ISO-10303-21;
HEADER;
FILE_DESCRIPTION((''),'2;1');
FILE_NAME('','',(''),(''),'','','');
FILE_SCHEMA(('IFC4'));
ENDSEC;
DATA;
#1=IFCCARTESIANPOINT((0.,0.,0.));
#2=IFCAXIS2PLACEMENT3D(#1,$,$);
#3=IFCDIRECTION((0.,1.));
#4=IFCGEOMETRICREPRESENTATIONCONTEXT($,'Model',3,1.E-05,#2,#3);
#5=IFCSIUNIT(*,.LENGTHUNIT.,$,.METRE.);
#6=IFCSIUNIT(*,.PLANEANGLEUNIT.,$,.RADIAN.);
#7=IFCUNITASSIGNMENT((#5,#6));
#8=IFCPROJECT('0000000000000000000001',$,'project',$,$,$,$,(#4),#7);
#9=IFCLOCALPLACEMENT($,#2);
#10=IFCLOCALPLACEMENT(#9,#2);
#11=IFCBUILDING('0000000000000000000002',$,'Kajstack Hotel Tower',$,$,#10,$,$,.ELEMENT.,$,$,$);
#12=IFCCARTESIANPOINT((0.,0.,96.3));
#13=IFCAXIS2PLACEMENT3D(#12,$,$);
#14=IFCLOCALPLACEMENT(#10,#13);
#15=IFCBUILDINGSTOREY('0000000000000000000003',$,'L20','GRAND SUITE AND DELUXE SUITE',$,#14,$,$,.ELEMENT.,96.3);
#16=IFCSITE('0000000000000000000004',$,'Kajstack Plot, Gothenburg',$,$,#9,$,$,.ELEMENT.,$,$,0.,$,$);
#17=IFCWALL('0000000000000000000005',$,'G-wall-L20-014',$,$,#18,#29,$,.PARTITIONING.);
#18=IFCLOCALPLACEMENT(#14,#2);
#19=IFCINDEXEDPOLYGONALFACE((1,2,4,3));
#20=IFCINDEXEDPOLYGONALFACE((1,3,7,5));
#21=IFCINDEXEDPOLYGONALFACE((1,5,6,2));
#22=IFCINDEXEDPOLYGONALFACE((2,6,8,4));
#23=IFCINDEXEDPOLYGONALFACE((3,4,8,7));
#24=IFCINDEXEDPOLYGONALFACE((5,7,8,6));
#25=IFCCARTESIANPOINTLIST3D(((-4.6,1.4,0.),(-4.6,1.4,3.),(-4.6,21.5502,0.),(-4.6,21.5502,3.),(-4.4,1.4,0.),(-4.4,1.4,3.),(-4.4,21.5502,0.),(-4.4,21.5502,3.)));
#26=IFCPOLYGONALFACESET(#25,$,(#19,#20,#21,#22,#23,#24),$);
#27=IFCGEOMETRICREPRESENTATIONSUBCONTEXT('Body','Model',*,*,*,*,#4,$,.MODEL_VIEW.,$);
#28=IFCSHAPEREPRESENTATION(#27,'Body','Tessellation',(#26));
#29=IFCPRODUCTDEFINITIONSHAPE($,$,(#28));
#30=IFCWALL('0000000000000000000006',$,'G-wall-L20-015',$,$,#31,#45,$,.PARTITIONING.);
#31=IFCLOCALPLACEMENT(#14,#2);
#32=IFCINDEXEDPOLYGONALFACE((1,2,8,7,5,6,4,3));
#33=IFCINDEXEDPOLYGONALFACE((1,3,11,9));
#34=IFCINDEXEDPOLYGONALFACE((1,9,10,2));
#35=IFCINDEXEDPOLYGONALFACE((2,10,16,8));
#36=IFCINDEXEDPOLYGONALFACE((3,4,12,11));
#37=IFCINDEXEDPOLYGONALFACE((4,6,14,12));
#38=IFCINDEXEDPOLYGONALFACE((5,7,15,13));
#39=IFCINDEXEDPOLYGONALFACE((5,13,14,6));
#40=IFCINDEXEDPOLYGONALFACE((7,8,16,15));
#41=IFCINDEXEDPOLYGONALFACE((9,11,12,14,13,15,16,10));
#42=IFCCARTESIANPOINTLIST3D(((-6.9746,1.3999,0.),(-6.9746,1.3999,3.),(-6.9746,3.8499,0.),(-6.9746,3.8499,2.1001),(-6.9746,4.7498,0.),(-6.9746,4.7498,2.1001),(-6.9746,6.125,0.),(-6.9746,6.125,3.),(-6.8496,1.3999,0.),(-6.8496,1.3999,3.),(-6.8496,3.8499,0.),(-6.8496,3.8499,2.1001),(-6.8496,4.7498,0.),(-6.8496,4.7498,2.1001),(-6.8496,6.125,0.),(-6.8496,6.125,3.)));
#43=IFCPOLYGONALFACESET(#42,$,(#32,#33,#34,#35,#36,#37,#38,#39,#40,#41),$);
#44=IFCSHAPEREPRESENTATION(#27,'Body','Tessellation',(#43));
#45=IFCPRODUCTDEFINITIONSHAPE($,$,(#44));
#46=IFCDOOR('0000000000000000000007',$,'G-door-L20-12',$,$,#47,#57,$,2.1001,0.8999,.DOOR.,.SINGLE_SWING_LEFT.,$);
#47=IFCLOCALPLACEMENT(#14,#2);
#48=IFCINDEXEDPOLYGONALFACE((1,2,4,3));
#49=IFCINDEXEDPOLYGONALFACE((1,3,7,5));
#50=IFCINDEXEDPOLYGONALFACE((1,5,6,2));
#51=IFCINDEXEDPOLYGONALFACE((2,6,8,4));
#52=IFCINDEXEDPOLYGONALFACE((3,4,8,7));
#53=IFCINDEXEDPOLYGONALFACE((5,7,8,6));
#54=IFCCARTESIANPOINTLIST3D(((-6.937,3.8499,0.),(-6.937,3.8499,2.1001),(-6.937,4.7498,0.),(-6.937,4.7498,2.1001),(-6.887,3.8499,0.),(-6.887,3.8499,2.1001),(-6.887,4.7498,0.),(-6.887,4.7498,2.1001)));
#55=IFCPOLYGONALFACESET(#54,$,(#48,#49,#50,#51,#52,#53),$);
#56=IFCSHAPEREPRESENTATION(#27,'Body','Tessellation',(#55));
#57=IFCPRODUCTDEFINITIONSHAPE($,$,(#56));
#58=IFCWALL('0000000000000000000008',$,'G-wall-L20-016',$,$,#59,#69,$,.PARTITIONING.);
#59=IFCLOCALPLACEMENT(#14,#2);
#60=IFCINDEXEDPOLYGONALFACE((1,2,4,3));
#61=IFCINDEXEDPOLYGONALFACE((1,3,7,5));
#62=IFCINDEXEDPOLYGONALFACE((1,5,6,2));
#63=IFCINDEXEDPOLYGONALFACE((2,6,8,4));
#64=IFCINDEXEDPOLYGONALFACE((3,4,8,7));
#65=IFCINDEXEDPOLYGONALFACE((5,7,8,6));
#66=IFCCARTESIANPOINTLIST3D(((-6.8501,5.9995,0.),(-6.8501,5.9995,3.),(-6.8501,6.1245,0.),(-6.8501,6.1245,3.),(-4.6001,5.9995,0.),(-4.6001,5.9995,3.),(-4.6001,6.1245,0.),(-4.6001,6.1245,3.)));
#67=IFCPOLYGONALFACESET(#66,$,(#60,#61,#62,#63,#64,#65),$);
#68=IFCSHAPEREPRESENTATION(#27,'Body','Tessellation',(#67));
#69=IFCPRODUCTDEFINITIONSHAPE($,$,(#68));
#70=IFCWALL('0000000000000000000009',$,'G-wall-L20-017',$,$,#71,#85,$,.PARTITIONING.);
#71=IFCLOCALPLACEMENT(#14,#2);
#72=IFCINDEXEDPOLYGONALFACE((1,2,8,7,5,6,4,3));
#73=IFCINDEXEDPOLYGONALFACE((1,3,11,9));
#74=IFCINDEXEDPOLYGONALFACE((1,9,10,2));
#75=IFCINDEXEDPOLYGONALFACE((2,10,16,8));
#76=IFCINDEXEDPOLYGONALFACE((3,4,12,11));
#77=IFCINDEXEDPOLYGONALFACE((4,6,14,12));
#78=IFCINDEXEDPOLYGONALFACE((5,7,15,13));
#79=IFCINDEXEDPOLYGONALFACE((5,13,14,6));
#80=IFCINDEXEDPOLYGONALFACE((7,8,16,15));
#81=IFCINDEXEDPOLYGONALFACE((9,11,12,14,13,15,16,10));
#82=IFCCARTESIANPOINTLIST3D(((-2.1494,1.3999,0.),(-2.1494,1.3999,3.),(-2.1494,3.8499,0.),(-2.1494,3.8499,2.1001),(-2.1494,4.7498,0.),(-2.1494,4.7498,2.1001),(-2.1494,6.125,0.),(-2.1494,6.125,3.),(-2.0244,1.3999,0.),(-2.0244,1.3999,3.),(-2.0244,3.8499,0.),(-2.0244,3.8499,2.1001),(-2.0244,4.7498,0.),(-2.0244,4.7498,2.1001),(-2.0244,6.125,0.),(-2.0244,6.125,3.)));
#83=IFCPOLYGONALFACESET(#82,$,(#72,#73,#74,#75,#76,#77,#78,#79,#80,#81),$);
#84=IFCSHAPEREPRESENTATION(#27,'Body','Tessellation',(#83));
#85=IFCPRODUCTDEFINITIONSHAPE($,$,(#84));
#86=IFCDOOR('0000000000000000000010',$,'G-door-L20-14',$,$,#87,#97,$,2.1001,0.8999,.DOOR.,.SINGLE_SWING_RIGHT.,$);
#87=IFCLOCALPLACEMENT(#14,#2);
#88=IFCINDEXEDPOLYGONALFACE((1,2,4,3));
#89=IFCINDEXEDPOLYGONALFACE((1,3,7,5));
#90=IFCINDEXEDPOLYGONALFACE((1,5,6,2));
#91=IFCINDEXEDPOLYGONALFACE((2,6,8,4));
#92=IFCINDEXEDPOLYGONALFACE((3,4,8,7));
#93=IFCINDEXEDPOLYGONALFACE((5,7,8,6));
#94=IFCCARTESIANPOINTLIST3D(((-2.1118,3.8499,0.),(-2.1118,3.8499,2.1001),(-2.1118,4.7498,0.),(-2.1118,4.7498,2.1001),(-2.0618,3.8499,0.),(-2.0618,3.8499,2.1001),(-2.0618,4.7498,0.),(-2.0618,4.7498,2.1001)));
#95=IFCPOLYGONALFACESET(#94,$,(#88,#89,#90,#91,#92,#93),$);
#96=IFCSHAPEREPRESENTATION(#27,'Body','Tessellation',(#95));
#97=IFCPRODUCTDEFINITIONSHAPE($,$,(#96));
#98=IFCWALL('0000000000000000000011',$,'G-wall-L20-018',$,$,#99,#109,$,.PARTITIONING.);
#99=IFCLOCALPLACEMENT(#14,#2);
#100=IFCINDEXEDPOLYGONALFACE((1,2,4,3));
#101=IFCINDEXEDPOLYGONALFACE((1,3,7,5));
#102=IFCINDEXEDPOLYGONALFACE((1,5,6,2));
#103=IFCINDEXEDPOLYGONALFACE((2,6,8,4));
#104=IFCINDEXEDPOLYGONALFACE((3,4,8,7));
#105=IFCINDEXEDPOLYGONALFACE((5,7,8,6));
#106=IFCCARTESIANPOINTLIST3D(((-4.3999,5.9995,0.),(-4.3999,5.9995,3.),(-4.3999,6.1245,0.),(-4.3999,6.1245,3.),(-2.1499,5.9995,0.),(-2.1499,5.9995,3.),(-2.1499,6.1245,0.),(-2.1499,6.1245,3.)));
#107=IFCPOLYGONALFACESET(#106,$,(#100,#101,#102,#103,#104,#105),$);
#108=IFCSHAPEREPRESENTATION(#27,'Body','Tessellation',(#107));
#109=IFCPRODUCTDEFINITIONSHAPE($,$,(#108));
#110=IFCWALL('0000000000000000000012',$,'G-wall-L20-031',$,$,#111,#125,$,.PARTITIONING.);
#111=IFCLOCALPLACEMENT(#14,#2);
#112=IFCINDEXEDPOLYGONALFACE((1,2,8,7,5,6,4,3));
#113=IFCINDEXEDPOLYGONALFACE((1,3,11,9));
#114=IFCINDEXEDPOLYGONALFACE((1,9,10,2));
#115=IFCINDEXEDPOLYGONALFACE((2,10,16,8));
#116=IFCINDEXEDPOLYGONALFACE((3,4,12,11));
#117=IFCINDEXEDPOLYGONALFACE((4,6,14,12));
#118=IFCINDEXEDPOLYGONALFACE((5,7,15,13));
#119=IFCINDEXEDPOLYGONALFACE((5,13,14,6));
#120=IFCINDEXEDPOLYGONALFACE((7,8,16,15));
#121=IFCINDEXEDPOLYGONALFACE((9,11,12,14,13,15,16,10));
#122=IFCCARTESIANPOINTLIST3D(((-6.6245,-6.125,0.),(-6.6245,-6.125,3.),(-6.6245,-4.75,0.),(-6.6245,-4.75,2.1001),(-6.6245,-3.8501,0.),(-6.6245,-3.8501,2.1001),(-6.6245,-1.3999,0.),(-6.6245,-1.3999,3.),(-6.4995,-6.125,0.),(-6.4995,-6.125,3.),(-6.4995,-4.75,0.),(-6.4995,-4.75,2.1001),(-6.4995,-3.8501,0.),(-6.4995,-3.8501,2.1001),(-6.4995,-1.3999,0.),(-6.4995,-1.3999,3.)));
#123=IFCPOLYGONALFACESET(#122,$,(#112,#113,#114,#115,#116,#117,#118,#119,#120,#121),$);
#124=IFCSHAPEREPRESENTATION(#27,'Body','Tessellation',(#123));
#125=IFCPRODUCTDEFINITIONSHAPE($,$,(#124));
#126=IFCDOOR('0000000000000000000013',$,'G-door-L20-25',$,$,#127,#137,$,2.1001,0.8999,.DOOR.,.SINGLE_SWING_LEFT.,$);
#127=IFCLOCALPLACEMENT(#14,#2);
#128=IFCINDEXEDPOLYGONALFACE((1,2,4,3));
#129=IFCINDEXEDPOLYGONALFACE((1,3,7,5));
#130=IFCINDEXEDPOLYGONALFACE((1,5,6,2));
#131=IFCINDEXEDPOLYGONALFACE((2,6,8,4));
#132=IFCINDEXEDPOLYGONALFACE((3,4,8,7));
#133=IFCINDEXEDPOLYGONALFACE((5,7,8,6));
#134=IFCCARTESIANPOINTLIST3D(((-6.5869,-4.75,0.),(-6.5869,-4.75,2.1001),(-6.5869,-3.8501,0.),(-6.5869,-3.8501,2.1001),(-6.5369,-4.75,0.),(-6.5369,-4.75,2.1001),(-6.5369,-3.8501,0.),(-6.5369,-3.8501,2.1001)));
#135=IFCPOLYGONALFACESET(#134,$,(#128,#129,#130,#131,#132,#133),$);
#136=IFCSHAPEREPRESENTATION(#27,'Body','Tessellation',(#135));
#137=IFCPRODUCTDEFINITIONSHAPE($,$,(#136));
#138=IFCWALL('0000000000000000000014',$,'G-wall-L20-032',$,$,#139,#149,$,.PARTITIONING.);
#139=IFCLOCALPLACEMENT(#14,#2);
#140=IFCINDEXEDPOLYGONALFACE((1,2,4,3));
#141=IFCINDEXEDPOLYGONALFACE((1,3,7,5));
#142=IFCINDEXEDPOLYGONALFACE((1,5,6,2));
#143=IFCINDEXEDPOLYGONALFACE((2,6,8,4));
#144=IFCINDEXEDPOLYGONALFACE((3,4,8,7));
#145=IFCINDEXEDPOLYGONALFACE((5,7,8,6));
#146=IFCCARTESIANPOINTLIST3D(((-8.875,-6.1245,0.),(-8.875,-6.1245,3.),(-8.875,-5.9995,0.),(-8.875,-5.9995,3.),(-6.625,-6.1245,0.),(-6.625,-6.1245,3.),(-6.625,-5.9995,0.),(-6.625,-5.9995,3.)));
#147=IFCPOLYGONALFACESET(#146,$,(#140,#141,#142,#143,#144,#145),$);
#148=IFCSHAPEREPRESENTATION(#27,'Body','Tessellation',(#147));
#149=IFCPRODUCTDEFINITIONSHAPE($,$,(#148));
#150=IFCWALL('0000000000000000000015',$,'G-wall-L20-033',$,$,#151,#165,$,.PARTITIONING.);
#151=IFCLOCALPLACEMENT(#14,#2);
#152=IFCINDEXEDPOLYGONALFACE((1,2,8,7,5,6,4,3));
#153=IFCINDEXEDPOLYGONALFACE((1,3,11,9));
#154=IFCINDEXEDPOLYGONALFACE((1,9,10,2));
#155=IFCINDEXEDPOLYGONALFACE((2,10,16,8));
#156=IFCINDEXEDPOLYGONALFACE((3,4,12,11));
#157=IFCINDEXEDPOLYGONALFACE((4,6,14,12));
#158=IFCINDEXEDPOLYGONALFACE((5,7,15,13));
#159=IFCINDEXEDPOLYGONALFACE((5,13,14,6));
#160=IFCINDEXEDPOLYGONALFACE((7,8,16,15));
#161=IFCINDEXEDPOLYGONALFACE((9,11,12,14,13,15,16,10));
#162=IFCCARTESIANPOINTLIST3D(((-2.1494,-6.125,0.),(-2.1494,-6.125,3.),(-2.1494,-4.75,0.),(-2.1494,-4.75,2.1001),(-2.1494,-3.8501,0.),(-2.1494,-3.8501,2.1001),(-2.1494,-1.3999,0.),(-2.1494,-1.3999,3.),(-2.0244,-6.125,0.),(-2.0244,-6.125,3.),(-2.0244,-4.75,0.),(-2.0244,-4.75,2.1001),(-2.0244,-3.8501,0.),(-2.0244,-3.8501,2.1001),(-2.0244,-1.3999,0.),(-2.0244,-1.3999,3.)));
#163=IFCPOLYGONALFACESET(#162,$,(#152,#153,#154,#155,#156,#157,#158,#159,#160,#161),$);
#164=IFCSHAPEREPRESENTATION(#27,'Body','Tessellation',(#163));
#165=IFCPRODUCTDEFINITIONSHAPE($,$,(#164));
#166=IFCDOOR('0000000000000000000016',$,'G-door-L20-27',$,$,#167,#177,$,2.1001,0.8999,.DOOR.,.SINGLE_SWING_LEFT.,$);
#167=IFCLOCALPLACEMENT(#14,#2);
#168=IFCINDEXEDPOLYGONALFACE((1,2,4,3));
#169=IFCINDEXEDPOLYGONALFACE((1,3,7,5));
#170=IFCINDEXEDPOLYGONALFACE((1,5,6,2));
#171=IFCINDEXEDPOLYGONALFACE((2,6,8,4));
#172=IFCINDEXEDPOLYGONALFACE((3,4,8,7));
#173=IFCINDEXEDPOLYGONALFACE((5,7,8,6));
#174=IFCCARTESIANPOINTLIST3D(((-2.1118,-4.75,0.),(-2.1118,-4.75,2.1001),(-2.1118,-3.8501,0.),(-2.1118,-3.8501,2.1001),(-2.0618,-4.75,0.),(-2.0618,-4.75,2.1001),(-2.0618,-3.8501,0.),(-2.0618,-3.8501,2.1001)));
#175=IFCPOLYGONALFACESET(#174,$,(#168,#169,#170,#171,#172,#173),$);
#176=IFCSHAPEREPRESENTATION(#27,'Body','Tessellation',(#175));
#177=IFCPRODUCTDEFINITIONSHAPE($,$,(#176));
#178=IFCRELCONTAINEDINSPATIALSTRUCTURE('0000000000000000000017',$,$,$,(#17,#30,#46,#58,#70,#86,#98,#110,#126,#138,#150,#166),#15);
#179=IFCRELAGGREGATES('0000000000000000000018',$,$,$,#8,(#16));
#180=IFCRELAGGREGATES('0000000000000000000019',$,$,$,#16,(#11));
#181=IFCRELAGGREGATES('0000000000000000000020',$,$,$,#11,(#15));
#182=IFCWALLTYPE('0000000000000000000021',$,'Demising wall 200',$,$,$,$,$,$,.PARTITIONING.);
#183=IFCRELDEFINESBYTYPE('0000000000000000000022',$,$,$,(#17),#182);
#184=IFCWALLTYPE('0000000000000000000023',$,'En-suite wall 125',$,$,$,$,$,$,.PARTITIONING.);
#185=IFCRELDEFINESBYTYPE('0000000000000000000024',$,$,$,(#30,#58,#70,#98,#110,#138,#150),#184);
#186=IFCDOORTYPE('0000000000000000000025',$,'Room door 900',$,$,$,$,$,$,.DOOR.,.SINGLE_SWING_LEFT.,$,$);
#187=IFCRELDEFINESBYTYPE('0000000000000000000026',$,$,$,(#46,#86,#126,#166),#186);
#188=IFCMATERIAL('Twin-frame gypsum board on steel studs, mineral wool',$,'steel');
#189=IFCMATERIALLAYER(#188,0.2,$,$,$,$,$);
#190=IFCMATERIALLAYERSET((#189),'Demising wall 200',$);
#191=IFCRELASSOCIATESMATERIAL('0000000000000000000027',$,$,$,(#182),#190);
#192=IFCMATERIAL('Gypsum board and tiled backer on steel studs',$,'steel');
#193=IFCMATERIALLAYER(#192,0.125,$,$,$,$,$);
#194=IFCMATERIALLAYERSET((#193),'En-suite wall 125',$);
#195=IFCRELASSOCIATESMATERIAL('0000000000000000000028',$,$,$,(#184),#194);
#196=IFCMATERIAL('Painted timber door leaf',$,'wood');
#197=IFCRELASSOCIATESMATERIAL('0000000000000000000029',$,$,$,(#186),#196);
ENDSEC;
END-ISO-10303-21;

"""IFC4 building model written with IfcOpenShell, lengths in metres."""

from ifc_helpers import new_model, si_unit, direction, frame, frame_2d, origin, place, context, subcontext, project, spatial, rectangle, extrude, material, layer, layer_set, type_object, element, fill, save


model = new_model("IFC4")

# Units and contexts
model_context = context("Model", 3, precision=1e-05, world=origin(), true_north=direction((0.0, 1.0)))
body_context = subcontext(model_context, "Body", "Model", "MODEL_VIEW")
ifc_project = project(units=[si_unit("LENGTHUNIT", "METRE"), si_unit("PLANEANGLEUNIT", "RADIAN")], contexts=[model_context])

# Site, building, storey
site_placement = place(None, origin())
site = spatial("IfcSite", under=ifc_project, at=site_placement, Name="Kajstack Plot, Gothenburg", CompositionType="ELEMENT", RefElevation=0.0)
building_placement = place(site_placement, origin())
building = spatial("IfcBuilding", under=site, at=building_placement, Name="Kajstack Hotel Tower", CompositionType="ELEMENT")
storey_placement = place(building_placement, frame((0.0, 0.0, 96.3)))
storey = spatial("IfcBuildingStorey", under=building, at=storey_placement, Name="L20", Description="GRAND SUITE AND DELUXE SUITE", CompositionType="ELEMENT", Elevation=96.3)

# Wall
ifc_material_1 = material(Name="Twin-frame gypsum board on steel studs, mineral wool", Category="steel")
ifc_layer_1 = layer(ifc_material_1, 0.2)
ifc_layer_set_1 = layer_set([ifc_layer_1], Name="Demising wall 200")
wall_type_1 = type_object("IfcWallType", Name="Demising wall 200", PredefinedType="PARTITIONING", material=ifc_layer_set_1)
wall_1_placement = place(storey_placement, frame((-4.5, 1.3999, 0.0), z_axis=(0.0, 0.0, 1.0), x_axis=(0.0, 1.0, 0.0)))
element("IfcWall", 1, at=wall_1_placement, inside=storey, type_object=wall_type_1, Name="G-wall-L20-014", PredefinedType="PARTITIONING", context=body_context, shape_type="SweptSolid", body=[
    extrude(rectangle(XDim=20.1501, YDim=0.2, at=frame_2d((10.0752, 0.0))), origin(), (0.0, 0.0, 1.0), 3.0),
])

# Wall, opening, door
ifc_material_2 = material(Name="Gypsum board and tiled backer on steel studs", Category="steel")
ifc_layer_2 = layer(ifc_material_2, 0.125)
ifc_layer_set_2 = layer_set([ifc_layer_2], Name="En-suite wall 125")
wall_type_2 = type_object("IfcWallType", Name="En-suite wall 125", PredefinedType="PARTITIONING", material=ifc_layer_set_2)
wall_2_placement = place(storey_placement, frame((-6.9121, 1.3999, 0.0), z_axis=(0.0, 0.0, 1.0), x_axis=(0.0, 1.0, 0.0)))
wall_2 = element("IfcWall", 2, at=wall_2_placement, inside=storey, type_object=wall_type_2, Name="G-wall-L20-015", PredefinedType="PARTITIONING", context=body_context, shape_type="SweptSolid", body=[
    extrude(rectangle(XDim=4.7251, YDim=0.125, at=frame_2d((2.3625, 0.0))), origin(), (0.0, 0.0, 1.0), 3.0),
])
opening_1_placement = place(wall_2_placement, frame((2.45, 0.0, 0.0)))
opening_1 = element("IfcOpeningElement", 3, at=opening_1_placement, cuts=wall_2, PredefinedType="OPENING", context=body_context, shape_type="SweptSolid", body=[
    extrude(rectangle(XDim=0.8999, YDim=2.1001, at=frame_2d((0.45, 1.05))), frame((0.0, 0.0725, 0.0), z_axis=(0.0, -1.0, 0.0), x_axis=(1.0, 0.0, 0.0)), (0.0, 0.0, 1.0), 0.145),
])
ifc_material_3 = material(Name="Painted timber door leaf", Category="wood")
door_type = type_object("IfcDoorType", Name="Room door 900", OperationType="SINGLE_SWING_LEFT", PredefinedType="DOOR", material=ifc_material_3)
door_1_placement = place(opening_1_placement, origin())
door_1 = element("IfcDoor", 4, at=door_1_placement, inside=storey, type_object=door_type, Name="G-door-L20-12", OperationType="SINGLE_SWING_LEFT", OverallHeight=2.1001, OverallWidth=0.8999, PredefinedType="DOOR", context=body_context, shape_type="SweptSolid", body=[
    extrude(rectangle(XDim=0.8999, YDim=2.1001, at=frame_2d((0.45, 1.05))), frame((0.0, 0.0249, 0.0), z_axis=(0.0, -1.0, 0.0), x_axis=(1.0, 0.0, 0.0)), (0.0, 0.0, 1.0), 0.05),
])
fill(opening_1, door_1)

# Wall
wall_3_placement = place(storey_placement, frame((-6.8501, 6.062, 0.0), z_axis=(0.0, 0.0, 1.0), x_axis=(1.0, 0.0, 0.0)))
element("IfcWall", 5, at=wall_3_placement, inside=storey, type_object=wall_type_2, Name="G-wall-L20-016", PredefinedType="PARTITIONING", context=body_context, shape_type="SweptSolid", body=[
    extrude(rectangle(XDim=2.25, YDim=0.125, at=frame_2d((1.125, 0.0))), origin(), (0.0, 0.0, 1.0), 3.0),
])

# Wall, opening, door
wall_4_placement = place(storey_placement, frame((-2.0869, 1.3999, 0.0), z_axis=(0.0, 0.0, 1.0), x_axis=(0.0, 1.0, 0.0)))
wall_4 = element("IfcWall", 6, at=wall_4_placement, inside=storey, type_object=wall_type_2, Name="G-wall-L20-017", PredefinedType="PARTITIONING", context=body_context, shape_type="SweptSolid", body=[
    extrude(rectangle(XDim=4.7251, YDim=0.125, at=frame_2d((2.3625, 0.0))), origin(), (0.0, 0.0, 1.0), 3.0),
])
opening_2_placement = place(wall_4_placement, frame((2.45, 0.0, 0.0)))
opening_2 = element("IfcOpeningElement", 7, at=opening_2_placement, cuts=wall_4, PredefinedType="OPENING", context=body_context, shape_type="SweptSolid", body=[
    extrude(rectangle(XDim=0.8999, YDim=2.1001, at=frame_2d((0.45, 1.05))), frame((0.0, 0.0725, 0.0), z_axis=(0.0, -1.0, 0.0), x_axis=(1.0, 0.0, 0.0)), (0.0, 0.0, 1.0), 0.145),
])
door_2_placement = place(opening_2_placement, origin())
door_2 = element("IfcDoor", 8, at=door_2_placement, inside=storey, type_object=door_type, Name="G-door-L20-14", OperationType="SINGLE_SWING_RIGHT", OverallHeight=2.1001, OverallWidth=0.8999, PredefinedType="DOOR", context=body_context, shape_type="SweptSolid", body=[
    extrude(rectangle(XDim=0.8999, YDim=2.1001, at=frame_2d((0.45, 1.05))), frame((0.0, 0.0249, 0.0), z_axis=(0.0, -1.0, 0.0), x_axis=(1.0, 0.0, 0.0)), (0.0, 0.0, 1.0), 0.05),
])
fill(opening_2, door_2)

# Wall
wall_5_placement = place(storey_placement, frame((-4.3999, 6.062, 0.0), z_axis=(0.0, 0.0, 1.0), x_axis=(1.0, 0.0, 0.0)))
element("IfcWall", 9, at=wall_5_placement, inside=storey, type_object=wall_type_2, Name="G-wall-L20-018", PredefinedType="PARTITIONING", context=body_context, shape_type="SweptSolid", body=[
    extrude(rectangle(XDim=2.25, YDim=0.125, at=frame_2d((1.125, 0.0))), origin(), (0.0, 0.0, 1.0), 3.0),
])

# Wall, opening, door
wall_6_placement = place(storey_placement, frame((-6.562, -6.125, 0.0), z_axis=(0.0, 0.0, 1.0), x_axis=(0.0, 1.0, 0.0)))
wall_6 = element("IfcWall", 10, at=wall_6_placement, inside=storey, type_object=wall_type_2, Name="G-wall-L20-031", PredefinedType="PARTITIONING", context=body_context, shape_type="SweptSolid", body=[
    extrude(rectangle(XDim=4.7251, YDim=0.125, at=frame_2d((2.3625, 0.0))), origin(), (0.0, 0.0, 1.0), 3.0),
])
opening_3_placement = place(wall_6_placement, frame((1.375, 0.0, 0.0)))
opening_3 = element("IfcOpeningElement", 11, at=opening_3_placement, cuts=wall_6, PredefinedType="OPENING", context=body_context, shape_type="SweptSolid", body=[
    extrude(rectangle(XDim=0.8999, YDim=2.1001, at=frame_2d((0.45, 1.05))), frame((0.0, 0.0725, 0.0), z_axis=(0.0, -1.0, 0.0), x_axis=(1.0, 0.0, 0.0)), (0.0, 0.0, 1.0), 0.145),
])
door_3_placement = place(opening_3_placement, origin())
door_3 = element("IfcDoor", 12, at=door_3_placement, inside=storey, type_object=door_type, Name="G-door-L20-25", OperationType="SINGLE_SWING_LEFT", OverallHeight=2.1001, OverallWidth=0.8999, PredefinedType="DOOR", context=body_context, shape_type="SweptSolid", body=[
    extrude(rectangle(XDim=0.8999, YDim=2.1001, at=frame_2d((0.45, 1.05))), frame((0.0, 0.0249, 0.0), z_axis=(0.0, -1.0, 0.0), x_axis=(1.0, 0.0, 0.0)), (0.0, 0.0, 1.0), 0.05),
])
fill(opening_3, door_3)

# Wall
wall_7_placement = place(storey_placement, frame((-8.875, -6.062, 0.0), z_axis=(0.0, 0.0, 1.0), x_axis=(1.0, 0.0, 0.0)))
element("IfcWall", 13, at=wall_7_placement, inside=storey, type_object=wall_type_2, Name="G-wall-L20-032", PredefinedType="PARTITIONING", context=body_context, shape_type="SweptSolid", body=[
    extrude(rectangle(XDim=2.25, YDim=0.125, at=frame_2d((1.125, 0.0))), origin(), (0.0, 0.0, 1.0), 3.0),
])

# Wall, opening, door
wall_8_placement = place(storey_placement, frame((-2.0869, -6.125, 0.0), z_axis=(0.0, 0.0, 1.0), x_axis=(0.0, 1.0, 0.0)))
wall_8 = element("IfcWall", 14, at=wall_8_placement, inside=storey, type_object=wall_type_2, Name="G-wall-L20-033", PredefinedType="PARTITIONING", context=body_context, shape_type="SweptSolid", body=[
    extrude(rectangle(XDim=4.7251, YDim=0.125, at=frame_2d((2.3625, 0.0))), origin(), (0.0, 0.0, 1.0), 3.0),
])
opening_4_placement = place(wall_8_placement, frame((1.375, 0.0, 0.0)))
opening_4 = element("IfcOpeningElement", 15, at=opening_4_placement, cuts=wall_8, PredefinedType="OPENING", context=body_context, shape_type="SweptSolid", body=[
    extrude(rectangle(XDim=0.8999, YDim=2.1001, at=frame_2d((0.45, 1.05))), frame((0.0, 0.0725, 0.0), z_axis=(0.0, -1.0, 0.0), x_axis=(1.0, 0.0, 0.0)), (0.0, 0.0, 1.0), 0.145),
])
door_4_placement = place(opening_4_placement, origin())
door_4 = element("IfcDoor", 16, at=door_4_placement, inside=storey, type_object=door_type, Name="G-door-L20-27", OperationType="SINGLE_SWING_LEFT", OverallHeight=2.1001, OverallWidth=0.8999, PredefinedType="DOOR", context=body_context, shape_type="SweptSolid", body=[
    extrude(rectangle(XDim=0.8999, YDim=2.1001, at=frame_2d((0.45, 1.05))), frame((0.0, 0.0249, 0.0), z_axis=(0.0, -1.0, 0.0), x_axis=(1.0, 0.0, 0.0)), (0.0, 0.0, 1.0), 0.05),
])
fill(opening_4, door_4)

save(model, "model.ifc")
